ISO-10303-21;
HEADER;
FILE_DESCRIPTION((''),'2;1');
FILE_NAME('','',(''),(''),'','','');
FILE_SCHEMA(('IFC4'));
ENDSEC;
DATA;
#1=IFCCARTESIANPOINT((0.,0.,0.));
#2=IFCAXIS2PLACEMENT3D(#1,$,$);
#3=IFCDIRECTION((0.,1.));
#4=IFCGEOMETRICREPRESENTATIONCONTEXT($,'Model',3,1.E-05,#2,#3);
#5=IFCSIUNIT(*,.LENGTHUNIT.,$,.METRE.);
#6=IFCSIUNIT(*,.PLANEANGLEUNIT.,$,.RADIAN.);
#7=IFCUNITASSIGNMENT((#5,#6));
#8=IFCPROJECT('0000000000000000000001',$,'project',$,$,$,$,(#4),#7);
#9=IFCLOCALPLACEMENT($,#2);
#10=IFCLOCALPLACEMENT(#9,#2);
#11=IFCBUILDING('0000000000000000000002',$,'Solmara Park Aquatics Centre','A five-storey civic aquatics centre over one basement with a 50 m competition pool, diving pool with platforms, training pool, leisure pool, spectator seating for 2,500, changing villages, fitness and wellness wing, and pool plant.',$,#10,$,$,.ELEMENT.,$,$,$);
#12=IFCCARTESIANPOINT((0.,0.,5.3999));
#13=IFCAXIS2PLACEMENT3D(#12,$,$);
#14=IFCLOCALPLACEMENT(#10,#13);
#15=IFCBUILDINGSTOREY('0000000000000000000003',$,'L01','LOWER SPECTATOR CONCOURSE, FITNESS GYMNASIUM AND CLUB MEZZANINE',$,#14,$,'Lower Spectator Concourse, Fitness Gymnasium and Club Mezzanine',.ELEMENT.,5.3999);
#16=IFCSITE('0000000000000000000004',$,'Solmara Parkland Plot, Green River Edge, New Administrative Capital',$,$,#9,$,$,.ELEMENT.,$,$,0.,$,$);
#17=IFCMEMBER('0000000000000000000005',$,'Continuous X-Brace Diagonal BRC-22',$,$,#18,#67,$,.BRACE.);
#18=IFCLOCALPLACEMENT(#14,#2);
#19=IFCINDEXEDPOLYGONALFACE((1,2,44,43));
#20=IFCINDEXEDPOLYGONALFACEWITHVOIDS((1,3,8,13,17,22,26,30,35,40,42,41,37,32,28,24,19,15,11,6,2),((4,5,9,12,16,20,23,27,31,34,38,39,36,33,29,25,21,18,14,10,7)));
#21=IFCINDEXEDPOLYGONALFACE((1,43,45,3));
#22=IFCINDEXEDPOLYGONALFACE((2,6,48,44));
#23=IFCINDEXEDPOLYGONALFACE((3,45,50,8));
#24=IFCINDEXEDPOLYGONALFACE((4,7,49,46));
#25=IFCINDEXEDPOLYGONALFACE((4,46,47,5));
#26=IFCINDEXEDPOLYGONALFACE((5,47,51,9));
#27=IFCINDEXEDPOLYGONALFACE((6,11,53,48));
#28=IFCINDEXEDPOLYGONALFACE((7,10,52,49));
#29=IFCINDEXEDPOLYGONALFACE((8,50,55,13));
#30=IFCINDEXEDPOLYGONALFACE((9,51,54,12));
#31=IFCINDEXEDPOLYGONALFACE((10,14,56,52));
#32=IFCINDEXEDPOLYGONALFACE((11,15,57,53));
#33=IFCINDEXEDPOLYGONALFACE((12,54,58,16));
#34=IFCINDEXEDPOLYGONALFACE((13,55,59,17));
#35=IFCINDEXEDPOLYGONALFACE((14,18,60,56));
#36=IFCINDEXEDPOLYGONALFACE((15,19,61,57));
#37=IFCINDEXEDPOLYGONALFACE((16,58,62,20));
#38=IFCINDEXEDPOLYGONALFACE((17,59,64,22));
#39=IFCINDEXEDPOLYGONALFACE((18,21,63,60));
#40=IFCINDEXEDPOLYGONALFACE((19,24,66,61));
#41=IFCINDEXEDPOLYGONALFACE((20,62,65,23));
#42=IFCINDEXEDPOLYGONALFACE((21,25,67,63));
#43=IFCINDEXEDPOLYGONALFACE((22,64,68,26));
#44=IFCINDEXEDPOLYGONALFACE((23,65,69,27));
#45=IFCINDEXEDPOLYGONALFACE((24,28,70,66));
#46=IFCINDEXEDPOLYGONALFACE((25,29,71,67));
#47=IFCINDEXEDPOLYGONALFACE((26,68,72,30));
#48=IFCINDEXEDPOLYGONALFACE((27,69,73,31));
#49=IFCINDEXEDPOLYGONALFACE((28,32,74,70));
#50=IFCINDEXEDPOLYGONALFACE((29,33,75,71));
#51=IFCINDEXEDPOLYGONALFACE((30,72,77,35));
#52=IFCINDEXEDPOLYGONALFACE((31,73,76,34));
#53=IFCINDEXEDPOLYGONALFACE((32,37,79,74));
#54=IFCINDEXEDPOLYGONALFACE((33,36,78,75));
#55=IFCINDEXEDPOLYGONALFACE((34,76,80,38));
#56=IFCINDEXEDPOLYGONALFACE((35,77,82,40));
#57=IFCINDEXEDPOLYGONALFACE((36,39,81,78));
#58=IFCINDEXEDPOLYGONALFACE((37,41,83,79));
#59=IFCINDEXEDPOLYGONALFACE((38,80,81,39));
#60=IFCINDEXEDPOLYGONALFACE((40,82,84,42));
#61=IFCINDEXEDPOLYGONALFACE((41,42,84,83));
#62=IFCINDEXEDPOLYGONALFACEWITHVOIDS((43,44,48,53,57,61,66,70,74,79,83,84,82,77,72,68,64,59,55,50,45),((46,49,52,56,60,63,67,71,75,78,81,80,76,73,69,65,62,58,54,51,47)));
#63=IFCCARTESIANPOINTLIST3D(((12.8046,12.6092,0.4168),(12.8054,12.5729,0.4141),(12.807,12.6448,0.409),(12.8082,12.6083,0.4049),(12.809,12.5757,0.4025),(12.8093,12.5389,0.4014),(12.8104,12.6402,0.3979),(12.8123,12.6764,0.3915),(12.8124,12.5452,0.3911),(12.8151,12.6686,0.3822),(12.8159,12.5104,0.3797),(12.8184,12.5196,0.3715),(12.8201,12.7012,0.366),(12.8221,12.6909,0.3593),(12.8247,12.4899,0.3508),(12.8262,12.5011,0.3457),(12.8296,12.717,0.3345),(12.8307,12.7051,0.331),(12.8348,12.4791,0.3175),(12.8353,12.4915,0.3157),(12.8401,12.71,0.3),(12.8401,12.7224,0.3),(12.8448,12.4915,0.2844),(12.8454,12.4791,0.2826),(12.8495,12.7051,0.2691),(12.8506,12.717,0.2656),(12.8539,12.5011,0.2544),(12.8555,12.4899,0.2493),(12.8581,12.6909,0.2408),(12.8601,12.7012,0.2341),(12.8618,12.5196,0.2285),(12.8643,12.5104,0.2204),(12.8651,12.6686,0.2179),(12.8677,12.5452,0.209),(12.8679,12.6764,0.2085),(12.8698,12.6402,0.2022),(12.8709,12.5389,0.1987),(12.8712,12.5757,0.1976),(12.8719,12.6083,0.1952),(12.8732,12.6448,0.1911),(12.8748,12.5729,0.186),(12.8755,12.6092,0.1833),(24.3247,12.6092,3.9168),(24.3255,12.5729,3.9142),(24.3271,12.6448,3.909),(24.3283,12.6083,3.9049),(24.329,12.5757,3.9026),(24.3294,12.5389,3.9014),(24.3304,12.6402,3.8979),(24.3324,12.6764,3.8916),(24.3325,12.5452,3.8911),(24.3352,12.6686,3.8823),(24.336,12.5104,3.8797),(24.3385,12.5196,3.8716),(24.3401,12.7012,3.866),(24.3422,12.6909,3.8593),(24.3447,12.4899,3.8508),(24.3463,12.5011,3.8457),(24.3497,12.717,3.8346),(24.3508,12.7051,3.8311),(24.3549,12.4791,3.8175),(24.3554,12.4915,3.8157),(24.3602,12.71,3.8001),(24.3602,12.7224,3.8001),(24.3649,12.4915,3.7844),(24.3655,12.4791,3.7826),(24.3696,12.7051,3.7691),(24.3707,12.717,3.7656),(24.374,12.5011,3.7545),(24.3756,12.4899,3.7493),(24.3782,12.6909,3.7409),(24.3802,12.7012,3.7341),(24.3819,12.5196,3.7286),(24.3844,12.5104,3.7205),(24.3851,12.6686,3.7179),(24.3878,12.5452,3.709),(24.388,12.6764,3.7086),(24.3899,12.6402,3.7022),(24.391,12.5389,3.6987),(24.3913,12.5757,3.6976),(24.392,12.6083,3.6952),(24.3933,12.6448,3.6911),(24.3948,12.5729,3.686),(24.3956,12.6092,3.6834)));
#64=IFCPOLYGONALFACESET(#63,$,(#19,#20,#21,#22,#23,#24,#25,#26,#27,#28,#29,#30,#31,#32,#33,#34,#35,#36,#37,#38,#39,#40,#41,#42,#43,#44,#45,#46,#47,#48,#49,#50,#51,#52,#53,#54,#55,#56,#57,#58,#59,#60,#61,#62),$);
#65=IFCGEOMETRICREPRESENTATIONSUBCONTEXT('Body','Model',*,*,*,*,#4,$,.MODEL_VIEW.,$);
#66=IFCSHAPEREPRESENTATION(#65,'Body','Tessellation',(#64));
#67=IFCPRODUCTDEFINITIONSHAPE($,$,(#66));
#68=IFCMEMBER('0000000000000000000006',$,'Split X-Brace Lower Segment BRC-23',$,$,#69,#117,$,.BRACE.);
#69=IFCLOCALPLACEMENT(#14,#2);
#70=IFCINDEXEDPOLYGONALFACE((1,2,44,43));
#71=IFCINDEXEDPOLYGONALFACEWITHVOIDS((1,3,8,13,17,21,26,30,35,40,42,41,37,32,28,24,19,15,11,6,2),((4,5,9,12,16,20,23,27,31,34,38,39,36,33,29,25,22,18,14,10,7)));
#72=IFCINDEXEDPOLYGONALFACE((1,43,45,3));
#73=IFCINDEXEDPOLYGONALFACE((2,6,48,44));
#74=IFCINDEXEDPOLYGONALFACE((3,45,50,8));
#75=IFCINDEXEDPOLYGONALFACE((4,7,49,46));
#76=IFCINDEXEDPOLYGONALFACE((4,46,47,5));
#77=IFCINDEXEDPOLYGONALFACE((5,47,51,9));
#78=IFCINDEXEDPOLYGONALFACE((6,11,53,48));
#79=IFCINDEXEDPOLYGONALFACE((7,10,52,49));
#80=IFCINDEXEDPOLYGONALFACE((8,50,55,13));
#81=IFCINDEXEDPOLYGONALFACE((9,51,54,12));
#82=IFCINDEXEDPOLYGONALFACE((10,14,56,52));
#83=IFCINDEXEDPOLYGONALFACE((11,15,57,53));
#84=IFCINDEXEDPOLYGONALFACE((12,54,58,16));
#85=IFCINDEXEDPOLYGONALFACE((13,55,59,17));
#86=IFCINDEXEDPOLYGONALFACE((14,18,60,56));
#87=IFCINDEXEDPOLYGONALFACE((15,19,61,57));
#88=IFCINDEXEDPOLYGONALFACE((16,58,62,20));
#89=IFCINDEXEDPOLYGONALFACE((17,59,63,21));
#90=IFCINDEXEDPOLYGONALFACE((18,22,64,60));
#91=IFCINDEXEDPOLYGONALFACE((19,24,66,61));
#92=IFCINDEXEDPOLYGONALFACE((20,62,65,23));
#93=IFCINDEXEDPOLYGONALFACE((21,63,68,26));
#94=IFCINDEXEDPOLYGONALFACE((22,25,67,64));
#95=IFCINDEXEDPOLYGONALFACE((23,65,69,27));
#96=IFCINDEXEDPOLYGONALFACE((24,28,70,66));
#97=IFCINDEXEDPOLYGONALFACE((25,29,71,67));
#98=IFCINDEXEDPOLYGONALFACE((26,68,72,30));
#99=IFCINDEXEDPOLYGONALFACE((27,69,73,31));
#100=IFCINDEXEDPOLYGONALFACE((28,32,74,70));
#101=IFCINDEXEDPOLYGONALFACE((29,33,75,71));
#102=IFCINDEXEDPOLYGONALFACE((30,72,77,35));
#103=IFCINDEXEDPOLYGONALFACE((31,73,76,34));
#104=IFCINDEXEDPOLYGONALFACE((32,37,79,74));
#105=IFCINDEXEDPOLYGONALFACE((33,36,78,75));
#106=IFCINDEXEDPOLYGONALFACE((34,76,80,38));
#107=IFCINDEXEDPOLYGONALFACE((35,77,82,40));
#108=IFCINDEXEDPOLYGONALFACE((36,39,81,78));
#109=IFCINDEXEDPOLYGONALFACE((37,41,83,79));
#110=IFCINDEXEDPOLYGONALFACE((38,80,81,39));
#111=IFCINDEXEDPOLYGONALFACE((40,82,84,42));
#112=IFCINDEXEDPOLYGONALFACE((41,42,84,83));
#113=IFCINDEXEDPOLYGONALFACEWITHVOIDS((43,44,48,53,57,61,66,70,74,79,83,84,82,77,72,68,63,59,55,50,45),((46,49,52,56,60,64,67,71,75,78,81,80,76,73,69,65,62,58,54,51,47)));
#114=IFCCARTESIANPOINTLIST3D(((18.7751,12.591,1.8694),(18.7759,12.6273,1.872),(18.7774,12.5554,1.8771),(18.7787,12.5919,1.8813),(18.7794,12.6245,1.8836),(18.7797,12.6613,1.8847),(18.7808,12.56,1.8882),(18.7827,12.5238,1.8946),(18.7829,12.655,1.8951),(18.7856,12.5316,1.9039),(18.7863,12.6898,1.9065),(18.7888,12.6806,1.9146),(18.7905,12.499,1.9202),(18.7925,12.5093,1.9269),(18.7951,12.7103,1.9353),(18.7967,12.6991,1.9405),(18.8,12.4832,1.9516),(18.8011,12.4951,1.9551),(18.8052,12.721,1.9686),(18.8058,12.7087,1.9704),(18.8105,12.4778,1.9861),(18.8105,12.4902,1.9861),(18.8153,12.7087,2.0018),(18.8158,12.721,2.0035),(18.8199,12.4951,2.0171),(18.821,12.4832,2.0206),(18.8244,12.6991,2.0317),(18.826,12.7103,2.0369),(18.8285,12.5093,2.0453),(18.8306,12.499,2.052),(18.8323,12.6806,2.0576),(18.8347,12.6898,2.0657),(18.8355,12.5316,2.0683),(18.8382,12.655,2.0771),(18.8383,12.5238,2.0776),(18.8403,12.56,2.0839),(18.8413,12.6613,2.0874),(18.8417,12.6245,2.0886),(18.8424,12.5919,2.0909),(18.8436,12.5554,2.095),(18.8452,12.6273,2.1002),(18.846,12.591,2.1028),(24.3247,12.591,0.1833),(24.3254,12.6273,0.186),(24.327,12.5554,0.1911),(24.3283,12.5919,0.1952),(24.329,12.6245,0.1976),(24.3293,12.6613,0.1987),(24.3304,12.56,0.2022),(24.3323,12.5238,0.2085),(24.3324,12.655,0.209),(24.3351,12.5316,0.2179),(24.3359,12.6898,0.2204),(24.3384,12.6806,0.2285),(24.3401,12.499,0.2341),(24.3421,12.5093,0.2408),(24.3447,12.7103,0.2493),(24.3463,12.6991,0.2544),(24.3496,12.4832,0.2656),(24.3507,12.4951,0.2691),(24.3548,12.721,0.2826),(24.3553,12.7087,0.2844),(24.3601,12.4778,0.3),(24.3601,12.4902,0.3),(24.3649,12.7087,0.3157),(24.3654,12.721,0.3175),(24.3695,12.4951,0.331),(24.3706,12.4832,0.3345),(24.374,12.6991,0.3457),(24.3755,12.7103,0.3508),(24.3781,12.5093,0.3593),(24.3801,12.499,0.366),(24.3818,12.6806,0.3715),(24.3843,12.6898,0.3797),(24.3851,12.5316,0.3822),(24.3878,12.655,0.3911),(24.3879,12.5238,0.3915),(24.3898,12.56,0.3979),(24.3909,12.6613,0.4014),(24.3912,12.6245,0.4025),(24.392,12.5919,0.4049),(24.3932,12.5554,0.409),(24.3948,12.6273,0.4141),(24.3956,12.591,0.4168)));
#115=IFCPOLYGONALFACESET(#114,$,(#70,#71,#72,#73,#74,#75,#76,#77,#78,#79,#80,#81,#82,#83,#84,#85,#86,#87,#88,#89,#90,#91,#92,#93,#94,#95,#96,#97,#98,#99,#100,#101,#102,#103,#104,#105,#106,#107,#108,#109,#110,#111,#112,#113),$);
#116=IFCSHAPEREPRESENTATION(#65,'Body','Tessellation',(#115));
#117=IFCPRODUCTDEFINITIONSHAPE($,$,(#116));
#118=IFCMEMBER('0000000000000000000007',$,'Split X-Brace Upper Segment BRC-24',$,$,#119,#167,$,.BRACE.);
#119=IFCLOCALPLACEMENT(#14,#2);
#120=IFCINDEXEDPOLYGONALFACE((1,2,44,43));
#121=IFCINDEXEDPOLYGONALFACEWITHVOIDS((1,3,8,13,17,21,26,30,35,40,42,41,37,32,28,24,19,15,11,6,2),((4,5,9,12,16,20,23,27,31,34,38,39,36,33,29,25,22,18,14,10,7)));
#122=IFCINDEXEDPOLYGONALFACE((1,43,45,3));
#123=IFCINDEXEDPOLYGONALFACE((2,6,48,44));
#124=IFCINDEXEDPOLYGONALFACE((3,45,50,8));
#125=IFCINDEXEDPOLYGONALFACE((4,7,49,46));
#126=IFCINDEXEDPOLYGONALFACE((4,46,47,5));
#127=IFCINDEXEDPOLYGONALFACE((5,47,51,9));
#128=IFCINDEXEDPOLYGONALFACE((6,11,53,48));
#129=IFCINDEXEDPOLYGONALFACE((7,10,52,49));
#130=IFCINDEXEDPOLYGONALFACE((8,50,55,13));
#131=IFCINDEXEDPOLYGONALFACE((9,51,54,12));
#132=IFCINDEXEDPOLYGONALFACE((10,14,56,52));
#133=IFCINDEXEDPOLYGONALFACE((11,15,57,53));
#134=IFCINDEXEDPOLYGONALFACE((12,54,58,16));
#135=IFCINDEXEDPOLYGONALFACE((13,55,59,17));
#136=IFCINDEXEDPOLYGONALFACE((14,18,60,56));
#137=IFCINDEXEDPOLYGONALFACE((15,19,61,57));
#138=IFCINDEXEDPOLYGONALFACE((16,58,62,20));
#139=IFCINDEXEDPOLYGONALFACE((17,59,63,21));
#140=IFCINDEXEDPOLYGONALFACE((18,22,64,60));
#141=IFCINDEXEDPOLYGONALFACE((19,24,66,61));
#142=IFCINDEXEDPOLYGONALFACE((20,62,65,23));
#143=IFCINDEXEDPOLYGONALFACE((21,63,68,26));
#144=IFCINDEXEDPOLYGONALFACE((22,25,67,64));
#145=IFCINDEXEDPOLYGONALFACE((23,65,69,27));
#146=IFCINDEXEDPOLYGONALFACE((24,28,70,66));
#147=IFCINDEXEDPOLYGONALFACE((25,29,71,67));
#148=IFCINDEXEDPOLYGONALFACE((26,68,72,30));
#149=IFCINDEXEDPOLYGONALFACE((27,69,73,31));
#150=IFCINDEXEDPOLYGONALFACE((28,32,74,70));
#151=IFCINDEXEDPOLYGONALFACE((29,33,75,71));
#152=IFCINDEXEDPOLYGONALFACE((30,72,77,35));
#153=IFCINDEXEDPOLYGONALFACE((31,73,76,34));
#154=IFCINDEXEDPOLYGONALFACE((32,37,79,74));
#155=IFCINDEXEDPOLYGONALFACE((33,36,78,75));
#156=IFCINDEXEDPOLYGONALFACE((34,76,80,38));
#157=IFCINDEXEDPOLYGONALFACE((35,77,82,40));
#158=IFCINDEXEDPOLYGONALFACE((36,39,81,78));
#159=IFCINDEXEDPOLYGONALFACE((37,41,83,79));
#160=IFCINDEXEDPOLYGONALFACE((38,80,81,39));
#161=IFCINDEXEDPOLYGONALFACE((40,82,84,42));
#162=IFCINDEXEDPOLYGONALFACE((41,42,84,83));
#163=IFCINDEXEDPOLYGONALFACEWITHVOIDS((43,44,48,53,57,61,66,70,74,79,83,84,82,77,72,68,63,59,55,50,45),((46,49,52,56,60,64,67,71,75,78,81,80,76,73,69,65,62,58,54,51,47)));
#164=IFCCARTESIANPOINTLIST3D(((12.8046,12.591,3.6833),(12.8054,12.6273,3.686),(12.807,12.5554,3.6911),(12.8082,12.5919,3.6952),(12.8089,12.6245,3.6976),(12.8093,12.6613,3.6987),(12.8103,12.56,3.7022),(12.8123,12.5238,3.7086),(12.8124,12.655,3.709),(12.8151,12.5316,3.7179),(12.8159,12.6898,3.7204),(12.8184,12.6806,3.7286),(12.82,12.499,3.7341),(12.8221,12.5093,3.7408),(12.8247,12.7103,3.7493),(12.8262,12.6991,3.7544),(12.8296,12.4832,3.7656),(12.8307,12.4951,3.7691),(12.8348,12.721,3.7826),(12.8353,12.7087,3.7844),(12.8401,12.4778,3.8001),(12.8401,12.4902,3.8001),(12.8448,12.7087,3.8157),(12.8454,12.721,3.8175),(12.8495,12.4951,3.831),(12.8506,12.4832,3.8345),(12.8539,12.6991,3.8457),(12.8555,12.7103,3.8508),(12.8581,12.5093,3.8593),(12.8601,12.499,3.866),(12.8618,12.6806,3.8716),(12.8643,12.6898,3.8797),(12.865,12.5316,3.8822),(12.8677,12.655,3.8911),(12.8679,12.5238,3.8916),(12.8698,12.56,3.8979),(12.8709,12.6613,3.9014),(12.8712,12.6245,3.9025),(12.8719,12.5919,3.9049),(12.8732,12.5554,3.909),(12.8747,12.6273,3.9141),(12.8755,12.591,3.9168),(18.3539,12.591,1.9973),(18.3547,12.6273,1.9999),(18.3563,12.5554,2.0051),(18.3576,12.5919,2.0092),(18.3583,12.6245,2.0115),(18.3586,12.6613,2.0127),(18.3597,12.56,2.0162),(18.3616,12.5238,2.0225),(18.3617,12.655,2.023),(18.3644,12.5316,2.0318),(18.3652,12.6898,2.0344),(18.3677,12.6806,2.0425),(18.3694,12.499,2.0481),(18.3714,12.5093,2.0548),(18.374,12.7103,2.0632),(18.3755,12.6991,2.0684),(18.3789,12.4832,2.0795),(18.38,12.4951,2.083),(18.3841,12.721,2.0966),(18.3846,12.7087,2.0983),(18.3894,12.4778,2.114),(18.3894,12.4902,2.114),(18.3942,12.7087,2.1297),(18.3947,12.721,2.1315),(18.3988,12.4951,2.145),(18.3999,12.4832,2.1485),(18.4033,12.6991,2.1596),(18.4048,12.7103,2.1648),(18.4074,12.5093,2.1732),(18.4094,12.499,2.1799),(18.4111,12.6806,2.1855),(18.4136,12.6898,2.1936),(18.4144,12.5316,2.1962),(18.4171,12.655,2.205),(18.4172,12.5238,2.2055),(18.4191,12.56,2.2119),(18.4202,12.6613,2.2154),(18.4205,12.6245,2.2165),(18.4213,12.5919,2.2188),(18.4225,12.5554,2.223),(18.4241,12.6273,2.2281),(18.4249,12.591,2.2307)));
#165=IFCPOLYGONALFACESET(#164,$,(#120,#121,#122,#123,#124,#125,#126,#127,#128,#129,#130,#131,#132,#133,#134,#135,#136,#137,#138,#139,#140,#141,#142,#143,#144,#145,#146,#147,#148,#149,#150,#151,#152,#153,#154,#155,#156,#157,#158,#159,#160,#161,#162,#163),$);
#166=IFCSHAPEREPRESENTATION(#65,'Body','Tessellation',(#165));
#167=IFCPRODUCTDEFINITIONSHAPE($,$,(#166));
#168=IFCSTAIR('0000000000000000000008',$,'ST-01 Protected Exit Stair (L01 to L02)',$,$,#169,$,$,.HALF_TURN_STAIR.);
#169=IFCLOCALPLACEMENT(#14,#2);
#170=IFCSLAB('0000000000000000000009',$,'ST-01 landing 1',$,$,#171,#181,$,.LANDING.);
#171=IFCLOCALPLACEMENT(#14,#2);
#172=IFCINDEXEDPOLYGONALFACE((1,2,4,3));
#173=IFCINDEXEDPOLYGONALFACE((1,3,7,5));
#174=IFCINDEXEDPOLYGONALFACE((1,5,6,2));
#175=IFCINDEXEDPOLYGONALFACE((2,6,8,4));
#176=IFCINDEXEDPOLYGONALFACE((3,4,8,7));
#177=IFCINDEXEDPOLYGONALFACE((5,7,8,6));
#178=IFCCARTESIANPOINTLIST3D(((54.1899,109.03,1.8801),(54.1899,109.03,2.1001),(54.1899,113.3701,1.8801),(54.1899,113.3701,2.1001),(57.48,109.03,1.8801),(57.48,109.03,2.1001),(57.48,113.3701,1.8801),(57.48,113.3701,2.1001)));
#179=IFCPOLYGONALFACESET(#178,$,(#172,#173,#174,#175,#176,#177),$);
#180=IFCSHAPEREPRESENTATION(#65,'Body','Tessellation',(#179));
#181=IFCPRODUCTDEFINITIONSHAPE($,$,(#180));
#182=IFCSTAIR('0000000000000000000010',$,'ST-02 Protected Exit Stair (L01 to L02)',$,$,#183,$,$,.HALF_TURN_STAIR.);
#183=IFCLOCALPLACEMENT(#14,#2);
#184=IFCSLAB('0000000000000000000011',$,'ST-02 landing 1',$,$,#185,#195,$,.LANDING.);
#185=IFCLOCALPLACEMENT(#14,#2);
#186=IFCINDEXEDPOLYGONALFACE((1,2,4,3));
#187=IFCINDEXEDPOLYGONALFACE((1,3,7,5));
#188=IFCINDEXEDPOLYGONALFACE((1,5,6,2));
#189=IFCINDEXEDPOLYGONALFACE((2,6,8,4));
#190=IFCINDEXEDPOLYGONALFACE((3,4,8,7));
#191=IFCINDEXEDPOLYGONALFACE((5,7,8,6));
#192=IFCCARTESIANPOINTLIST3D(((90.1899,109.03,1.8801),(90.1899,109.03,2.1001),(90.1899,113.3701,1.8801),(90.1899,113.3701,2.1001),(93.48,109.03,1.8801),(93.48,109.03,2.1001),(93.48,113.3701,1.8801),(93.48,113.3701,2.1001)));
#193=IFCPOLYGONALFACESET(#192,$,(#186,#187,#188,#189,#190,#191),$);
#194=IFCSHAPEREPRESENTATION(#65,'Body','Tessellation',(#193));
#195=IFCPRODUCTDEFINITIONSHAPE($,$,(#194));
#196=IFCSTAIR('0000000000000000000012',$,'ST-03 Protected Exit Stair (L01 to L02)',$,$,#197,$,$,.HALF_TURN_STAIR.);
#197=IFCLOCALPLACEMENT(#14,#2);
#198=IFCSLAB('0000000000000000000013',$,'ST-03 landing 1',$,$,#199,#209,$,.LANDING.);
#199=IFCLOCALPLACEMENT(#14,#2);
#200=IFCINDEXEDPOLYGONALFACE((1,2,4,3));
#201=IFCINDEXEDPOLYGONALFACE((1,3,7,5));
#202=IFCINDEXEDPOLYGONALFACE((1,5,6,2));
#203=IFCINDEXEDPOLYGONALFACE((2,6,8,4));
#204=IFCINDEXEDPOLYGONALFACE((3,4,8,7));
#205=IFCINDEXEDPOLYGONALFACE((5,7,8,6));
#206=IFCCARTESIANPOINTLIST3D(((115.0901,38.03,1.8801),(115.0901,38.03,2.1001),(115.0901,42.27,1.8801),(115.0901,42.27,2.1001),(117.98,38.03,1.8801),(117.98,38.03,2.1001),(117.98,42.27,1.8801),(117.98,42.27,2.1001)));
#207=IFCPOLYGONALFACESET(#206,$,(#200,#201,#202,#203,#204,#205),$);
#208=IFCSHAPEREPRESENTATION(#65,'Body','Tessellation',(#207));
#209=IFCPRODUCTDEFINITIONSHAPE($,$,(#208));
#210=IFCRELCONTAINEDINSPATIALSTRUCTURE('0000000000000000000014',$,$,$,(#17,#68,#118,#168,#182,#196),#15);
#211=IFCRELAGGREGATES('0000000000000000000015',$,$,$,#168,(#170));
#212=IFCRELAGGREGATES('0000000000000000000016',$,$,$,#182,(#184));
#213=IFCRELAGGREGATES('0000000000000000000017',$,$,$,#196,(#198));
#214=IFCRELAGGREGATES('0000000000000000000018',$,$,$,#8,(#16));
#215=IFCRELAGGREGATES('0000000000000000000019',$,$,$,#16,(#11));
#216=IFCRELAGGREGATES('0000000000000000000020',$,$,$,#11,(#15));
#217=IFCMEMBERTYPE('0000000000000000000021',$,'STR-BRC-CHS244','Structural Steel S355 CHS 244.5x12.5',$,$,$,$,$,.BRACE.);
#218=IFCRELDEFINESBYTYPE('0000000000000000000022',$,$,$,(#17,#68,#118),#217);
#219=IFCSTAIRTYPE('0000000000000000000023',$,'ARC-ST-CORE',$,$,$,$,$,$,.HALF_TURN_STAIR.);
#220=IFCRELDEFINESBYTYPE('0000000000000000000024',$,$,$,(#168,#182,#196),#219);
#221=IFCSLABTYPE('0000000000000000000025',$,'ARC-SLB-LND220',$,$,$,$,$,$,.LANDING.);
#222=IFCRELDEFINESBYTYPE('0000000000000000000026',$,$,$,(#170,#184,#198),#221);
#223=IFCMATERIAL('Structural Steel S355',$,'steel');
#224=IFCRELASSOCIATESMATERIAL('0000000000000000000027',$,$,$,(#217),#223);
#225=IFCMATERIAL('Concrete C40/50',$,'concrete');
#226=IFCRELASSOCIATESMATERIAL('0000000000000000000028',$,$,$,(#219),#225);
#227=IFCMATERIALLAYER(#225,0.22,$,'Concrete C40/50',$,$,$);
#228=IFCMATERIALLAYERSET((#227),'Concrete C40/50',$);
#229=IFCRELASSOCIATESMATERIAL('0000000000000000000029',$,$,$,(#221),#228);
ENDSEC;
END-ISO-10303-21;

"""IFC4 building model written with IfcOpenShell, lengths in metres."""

from ifc_helpers import new_model, si_unit, direction, frame, origin, origin_2d, place, context, subcontext, project, spatial, polyline, hollow_circle, outline, extrude, material, layer, layer_set, material_profile, profile_set, type_object, element, aggregate, save


model = new_model("IFC4")

# Units and contexts
model_context = context("Model", 3, precision=1e-05, world=origin(), true_north=direction((0.0, 1.0)))
body_context = subcontext(model_context, "Body", "Model", "MODEL_VIEW")
ifc_project = project(units=[si_unit("LENGTHUNIT", "METRE"), si_unit("PLANEANGLEUNIT", "RADIAN")], contexts=[model_context])

# Site, building, storey
site_placement = place(None, origin())
site = spatial("IfcSite", under=ifc_project, at=site_placement, Name="Solmara Parkland Plot, Green River Edge, New Administrative Capital", CompositionType="ELEMENT", RefElevation=0.0)
building_placement = place(site_placement, origin())
building = spatial("IfcBuilding", under=site, at=building_placement, Name="Solmara Park Aquatics Centre", Description="A five-storey civic aquatics centre over one basement with a 50 m competition pool, diving pool with platforms, training pool, leisure pool, spectator seating for 2,500, changing villages, fitness and wellness wing, and pool plant.", CompositionType="ELEMENT")
storey_placement = place(building_placement, frame((0.0, 0.0, 5.3999)))
storey = spatial("IfcBuildingStorey", under=building, at=storey_placement, Name="L01", Description="LOWER SPECTATOR CONCOURSE, FITNESS GYMNASIUM AND CLUB MEZZANINE", LongName="Lower Spectator Concourse, Fitness Gymnasium and Club Mezzanine", CompositionType="ELEMENT", Elevation=5.3999)

# Shared definitions
ifc_material_1 = material(Name="Structural Steel S355", Category="steel")

# Members
ifc_material_profile_1 = material_profile(ifc_material_1, hollow_circle(Radius=0.1223, WallThickness=0.0125, at=origin_2d()), Name="CHS 244.5x12.5")
ifc_profile_set_1 = profile_set([ifc_material_profile_1], Name="Structural Steel S355")
member_type = type_object("IfcMemberType", Name="STR-BRC-CHS244", Description="Structural Steel S355 CHS 244.5x12.5", PredefinedType="BRACE", material=ifc_profile_set_1)
member_1_placement = place(storey_placement, frame((12.8401, 12.6001, 0.3), z_axis=(0.956815, 0.0, 0.290698), x_axis=(0.0, 1.0, 0.0)))
element("IfcMember", 1, at=member_1_placement, inside=storey, type_object=member_type, Name="Continuous X-Brace Diagonal BRC-22", PredefinedType="BRACE", context=body_context, shape_type="SweptSolid", body=[
    extrude(hollow_circle(Radius=0.1223, WallThickness=0.0125, at=origin_2d()), origin(), (0.0, 0.0, 1.0), 12.04),
])
member_2_placement = place(storey_placement, frame((24.3601, 12.6001, 0.3), z_axis=(-0.956816, 0.0, 0.290694), x_axis=(0.0, -1.0, 0.0)))
element("IfcMember", 2, at=member_2_placement, inside=storey, type_object=member_type, Name="Split X-Brace Lower Segment BRC-23", PredefinedType="BRACE", context=body_context, shape_type="SweptSolid", body=[
    extrude(hollow_circle(Radius=0.1223, WallThickness=0.0125, at=origin_2d()), origin(), (0.0, 0.0, 1.0), 5.8),
])
member_3_placement = place(storey_placement, frame((18.3894, 12.6001, 2.114), z_axis=(-0.956812, 0.0, 0.290706), x_axis=(0.0, -1.0, 0.0)))
element("IfcMember", 3, at=member_3_placement, inside=storey, type_object=member_type, Name="Split X-Brace Upper Segment BRC-24", PredefinedType="BRACE", context=body_context, shape_type="SweptSolid", body=[
    extrude(hollow_circle(Radius=0.1223, WallThickness=0.0125, at=origin_2d()), origin(), (0.0, 0.0, 1.0), 5.7998),
])

# Stairs, slabs
ifc_material_2 = material(Name="Concrete C40/50", Category="concrete")
stair_type_1 = type_object("IfcStairType", Name="ARC-ST-CORE", PredefinedType="HALF_TURN_STAIR", material=ifc_material_2)
stair_1_placement = place(storey_placement, origin())
stair_1 = element("IfcStair", 4, at=stair_1_placement, inside=storey, type_object=stair_type_1, Name="ST-01 Protected Exit Stair (L01 to L02)", PredefinedType="HALF_TURN_STAIR")
ifc_layer_1 = layer(ifc_material_2, 0.22, Name="Concrete C40/50")
ifc_layer_set_1 = layer_set([ifc_layer_1], Name="Concrete C40/50")
slab_type_1 = type_object("IfcSlabType", Name="ARC-SLB-LND220", PredefinedType="LANDING", material=ifc_layer_set_1)
slab_1_placement = place(storey_placement, frame((0.0, 0.0, 1.8801)))
slab_1 = element("IfcSlab", 5, at=slab_1_placement, type_object=slab_type_1, Name="ST-01 landing 1", PredefinedType="LANDING", context=body_context, shape_type="SweptSolid", body=[
    extrude(outline(polyline([(54.1899, 109.03), (57.48, 109.03), (57.48, 113.3701), (54.1899, 113.3701), (54.1899, 109.03)])), origin(), (0.0, 0.0, 1.0), 0.22),
])
aggregate(stair_1, [slab_1])
stair_2_placement = place(storey_placement, origin())
stair_2 = element("IfcStair", 6, at=stair_2_placement, inside=storey, type_object=stair_type_1, Name="ST-02 Protected Exit Stair (L01 to L02)", PredefinedType="HALF_TURN_STAIR")
slab_2_placement = place(storey_placement, frame((0.0, 0.0, 1.8801)))
slab_2 = element("IfcSlab", 7, at=slab_2_placement, type_object=slab_type_1, Name="ST-02 landing 1", PredefinedType="LANDING", context=body_context, shape_type="SweptSolid", body=[
    extrude(outline(polyline([(90.1899, 109.03), (93.48, 109.03), (93.48, 113.3701), (90.1899, 113.3701), (90.1899, 109.03)])), origin(), (0.0, 0.0, 1.0), 0.22),
])
aggregate(stair_2, [slab_2])
stair_3_placement = place(storey_placement, origin())
stair_3 = element("IfcStair", 8, at=stair_3_placement, inside=storey, type_object=stair_type_1, Name="ST-03 Protected Exit Stair (L01 to L02)", PredefinedType="HALF_TURN_STAIR")
slab_3_placement = place(storey_placement, frame((0.0, 0.0, 1.8801)))
slab_3 = element("IfcSlab", 9, at=slab_3_placement, type_object=slab_type_1, Name="ST-03 landing 1", PredefinedType="LANDING", context=body_context, shape_type="SweptSolid", body=[
    extrude(outline(polyline([(115.0901, 38.03), (117.98, 38.03), (117.98, 42.27), (115.0901, 42.27), (115.0901, 38.03)])), origin(), (0.0, 0.0, 1.0), 0.22),
])
aggregate(stair_3, [slab_3])

save(model, "model.ifc")
